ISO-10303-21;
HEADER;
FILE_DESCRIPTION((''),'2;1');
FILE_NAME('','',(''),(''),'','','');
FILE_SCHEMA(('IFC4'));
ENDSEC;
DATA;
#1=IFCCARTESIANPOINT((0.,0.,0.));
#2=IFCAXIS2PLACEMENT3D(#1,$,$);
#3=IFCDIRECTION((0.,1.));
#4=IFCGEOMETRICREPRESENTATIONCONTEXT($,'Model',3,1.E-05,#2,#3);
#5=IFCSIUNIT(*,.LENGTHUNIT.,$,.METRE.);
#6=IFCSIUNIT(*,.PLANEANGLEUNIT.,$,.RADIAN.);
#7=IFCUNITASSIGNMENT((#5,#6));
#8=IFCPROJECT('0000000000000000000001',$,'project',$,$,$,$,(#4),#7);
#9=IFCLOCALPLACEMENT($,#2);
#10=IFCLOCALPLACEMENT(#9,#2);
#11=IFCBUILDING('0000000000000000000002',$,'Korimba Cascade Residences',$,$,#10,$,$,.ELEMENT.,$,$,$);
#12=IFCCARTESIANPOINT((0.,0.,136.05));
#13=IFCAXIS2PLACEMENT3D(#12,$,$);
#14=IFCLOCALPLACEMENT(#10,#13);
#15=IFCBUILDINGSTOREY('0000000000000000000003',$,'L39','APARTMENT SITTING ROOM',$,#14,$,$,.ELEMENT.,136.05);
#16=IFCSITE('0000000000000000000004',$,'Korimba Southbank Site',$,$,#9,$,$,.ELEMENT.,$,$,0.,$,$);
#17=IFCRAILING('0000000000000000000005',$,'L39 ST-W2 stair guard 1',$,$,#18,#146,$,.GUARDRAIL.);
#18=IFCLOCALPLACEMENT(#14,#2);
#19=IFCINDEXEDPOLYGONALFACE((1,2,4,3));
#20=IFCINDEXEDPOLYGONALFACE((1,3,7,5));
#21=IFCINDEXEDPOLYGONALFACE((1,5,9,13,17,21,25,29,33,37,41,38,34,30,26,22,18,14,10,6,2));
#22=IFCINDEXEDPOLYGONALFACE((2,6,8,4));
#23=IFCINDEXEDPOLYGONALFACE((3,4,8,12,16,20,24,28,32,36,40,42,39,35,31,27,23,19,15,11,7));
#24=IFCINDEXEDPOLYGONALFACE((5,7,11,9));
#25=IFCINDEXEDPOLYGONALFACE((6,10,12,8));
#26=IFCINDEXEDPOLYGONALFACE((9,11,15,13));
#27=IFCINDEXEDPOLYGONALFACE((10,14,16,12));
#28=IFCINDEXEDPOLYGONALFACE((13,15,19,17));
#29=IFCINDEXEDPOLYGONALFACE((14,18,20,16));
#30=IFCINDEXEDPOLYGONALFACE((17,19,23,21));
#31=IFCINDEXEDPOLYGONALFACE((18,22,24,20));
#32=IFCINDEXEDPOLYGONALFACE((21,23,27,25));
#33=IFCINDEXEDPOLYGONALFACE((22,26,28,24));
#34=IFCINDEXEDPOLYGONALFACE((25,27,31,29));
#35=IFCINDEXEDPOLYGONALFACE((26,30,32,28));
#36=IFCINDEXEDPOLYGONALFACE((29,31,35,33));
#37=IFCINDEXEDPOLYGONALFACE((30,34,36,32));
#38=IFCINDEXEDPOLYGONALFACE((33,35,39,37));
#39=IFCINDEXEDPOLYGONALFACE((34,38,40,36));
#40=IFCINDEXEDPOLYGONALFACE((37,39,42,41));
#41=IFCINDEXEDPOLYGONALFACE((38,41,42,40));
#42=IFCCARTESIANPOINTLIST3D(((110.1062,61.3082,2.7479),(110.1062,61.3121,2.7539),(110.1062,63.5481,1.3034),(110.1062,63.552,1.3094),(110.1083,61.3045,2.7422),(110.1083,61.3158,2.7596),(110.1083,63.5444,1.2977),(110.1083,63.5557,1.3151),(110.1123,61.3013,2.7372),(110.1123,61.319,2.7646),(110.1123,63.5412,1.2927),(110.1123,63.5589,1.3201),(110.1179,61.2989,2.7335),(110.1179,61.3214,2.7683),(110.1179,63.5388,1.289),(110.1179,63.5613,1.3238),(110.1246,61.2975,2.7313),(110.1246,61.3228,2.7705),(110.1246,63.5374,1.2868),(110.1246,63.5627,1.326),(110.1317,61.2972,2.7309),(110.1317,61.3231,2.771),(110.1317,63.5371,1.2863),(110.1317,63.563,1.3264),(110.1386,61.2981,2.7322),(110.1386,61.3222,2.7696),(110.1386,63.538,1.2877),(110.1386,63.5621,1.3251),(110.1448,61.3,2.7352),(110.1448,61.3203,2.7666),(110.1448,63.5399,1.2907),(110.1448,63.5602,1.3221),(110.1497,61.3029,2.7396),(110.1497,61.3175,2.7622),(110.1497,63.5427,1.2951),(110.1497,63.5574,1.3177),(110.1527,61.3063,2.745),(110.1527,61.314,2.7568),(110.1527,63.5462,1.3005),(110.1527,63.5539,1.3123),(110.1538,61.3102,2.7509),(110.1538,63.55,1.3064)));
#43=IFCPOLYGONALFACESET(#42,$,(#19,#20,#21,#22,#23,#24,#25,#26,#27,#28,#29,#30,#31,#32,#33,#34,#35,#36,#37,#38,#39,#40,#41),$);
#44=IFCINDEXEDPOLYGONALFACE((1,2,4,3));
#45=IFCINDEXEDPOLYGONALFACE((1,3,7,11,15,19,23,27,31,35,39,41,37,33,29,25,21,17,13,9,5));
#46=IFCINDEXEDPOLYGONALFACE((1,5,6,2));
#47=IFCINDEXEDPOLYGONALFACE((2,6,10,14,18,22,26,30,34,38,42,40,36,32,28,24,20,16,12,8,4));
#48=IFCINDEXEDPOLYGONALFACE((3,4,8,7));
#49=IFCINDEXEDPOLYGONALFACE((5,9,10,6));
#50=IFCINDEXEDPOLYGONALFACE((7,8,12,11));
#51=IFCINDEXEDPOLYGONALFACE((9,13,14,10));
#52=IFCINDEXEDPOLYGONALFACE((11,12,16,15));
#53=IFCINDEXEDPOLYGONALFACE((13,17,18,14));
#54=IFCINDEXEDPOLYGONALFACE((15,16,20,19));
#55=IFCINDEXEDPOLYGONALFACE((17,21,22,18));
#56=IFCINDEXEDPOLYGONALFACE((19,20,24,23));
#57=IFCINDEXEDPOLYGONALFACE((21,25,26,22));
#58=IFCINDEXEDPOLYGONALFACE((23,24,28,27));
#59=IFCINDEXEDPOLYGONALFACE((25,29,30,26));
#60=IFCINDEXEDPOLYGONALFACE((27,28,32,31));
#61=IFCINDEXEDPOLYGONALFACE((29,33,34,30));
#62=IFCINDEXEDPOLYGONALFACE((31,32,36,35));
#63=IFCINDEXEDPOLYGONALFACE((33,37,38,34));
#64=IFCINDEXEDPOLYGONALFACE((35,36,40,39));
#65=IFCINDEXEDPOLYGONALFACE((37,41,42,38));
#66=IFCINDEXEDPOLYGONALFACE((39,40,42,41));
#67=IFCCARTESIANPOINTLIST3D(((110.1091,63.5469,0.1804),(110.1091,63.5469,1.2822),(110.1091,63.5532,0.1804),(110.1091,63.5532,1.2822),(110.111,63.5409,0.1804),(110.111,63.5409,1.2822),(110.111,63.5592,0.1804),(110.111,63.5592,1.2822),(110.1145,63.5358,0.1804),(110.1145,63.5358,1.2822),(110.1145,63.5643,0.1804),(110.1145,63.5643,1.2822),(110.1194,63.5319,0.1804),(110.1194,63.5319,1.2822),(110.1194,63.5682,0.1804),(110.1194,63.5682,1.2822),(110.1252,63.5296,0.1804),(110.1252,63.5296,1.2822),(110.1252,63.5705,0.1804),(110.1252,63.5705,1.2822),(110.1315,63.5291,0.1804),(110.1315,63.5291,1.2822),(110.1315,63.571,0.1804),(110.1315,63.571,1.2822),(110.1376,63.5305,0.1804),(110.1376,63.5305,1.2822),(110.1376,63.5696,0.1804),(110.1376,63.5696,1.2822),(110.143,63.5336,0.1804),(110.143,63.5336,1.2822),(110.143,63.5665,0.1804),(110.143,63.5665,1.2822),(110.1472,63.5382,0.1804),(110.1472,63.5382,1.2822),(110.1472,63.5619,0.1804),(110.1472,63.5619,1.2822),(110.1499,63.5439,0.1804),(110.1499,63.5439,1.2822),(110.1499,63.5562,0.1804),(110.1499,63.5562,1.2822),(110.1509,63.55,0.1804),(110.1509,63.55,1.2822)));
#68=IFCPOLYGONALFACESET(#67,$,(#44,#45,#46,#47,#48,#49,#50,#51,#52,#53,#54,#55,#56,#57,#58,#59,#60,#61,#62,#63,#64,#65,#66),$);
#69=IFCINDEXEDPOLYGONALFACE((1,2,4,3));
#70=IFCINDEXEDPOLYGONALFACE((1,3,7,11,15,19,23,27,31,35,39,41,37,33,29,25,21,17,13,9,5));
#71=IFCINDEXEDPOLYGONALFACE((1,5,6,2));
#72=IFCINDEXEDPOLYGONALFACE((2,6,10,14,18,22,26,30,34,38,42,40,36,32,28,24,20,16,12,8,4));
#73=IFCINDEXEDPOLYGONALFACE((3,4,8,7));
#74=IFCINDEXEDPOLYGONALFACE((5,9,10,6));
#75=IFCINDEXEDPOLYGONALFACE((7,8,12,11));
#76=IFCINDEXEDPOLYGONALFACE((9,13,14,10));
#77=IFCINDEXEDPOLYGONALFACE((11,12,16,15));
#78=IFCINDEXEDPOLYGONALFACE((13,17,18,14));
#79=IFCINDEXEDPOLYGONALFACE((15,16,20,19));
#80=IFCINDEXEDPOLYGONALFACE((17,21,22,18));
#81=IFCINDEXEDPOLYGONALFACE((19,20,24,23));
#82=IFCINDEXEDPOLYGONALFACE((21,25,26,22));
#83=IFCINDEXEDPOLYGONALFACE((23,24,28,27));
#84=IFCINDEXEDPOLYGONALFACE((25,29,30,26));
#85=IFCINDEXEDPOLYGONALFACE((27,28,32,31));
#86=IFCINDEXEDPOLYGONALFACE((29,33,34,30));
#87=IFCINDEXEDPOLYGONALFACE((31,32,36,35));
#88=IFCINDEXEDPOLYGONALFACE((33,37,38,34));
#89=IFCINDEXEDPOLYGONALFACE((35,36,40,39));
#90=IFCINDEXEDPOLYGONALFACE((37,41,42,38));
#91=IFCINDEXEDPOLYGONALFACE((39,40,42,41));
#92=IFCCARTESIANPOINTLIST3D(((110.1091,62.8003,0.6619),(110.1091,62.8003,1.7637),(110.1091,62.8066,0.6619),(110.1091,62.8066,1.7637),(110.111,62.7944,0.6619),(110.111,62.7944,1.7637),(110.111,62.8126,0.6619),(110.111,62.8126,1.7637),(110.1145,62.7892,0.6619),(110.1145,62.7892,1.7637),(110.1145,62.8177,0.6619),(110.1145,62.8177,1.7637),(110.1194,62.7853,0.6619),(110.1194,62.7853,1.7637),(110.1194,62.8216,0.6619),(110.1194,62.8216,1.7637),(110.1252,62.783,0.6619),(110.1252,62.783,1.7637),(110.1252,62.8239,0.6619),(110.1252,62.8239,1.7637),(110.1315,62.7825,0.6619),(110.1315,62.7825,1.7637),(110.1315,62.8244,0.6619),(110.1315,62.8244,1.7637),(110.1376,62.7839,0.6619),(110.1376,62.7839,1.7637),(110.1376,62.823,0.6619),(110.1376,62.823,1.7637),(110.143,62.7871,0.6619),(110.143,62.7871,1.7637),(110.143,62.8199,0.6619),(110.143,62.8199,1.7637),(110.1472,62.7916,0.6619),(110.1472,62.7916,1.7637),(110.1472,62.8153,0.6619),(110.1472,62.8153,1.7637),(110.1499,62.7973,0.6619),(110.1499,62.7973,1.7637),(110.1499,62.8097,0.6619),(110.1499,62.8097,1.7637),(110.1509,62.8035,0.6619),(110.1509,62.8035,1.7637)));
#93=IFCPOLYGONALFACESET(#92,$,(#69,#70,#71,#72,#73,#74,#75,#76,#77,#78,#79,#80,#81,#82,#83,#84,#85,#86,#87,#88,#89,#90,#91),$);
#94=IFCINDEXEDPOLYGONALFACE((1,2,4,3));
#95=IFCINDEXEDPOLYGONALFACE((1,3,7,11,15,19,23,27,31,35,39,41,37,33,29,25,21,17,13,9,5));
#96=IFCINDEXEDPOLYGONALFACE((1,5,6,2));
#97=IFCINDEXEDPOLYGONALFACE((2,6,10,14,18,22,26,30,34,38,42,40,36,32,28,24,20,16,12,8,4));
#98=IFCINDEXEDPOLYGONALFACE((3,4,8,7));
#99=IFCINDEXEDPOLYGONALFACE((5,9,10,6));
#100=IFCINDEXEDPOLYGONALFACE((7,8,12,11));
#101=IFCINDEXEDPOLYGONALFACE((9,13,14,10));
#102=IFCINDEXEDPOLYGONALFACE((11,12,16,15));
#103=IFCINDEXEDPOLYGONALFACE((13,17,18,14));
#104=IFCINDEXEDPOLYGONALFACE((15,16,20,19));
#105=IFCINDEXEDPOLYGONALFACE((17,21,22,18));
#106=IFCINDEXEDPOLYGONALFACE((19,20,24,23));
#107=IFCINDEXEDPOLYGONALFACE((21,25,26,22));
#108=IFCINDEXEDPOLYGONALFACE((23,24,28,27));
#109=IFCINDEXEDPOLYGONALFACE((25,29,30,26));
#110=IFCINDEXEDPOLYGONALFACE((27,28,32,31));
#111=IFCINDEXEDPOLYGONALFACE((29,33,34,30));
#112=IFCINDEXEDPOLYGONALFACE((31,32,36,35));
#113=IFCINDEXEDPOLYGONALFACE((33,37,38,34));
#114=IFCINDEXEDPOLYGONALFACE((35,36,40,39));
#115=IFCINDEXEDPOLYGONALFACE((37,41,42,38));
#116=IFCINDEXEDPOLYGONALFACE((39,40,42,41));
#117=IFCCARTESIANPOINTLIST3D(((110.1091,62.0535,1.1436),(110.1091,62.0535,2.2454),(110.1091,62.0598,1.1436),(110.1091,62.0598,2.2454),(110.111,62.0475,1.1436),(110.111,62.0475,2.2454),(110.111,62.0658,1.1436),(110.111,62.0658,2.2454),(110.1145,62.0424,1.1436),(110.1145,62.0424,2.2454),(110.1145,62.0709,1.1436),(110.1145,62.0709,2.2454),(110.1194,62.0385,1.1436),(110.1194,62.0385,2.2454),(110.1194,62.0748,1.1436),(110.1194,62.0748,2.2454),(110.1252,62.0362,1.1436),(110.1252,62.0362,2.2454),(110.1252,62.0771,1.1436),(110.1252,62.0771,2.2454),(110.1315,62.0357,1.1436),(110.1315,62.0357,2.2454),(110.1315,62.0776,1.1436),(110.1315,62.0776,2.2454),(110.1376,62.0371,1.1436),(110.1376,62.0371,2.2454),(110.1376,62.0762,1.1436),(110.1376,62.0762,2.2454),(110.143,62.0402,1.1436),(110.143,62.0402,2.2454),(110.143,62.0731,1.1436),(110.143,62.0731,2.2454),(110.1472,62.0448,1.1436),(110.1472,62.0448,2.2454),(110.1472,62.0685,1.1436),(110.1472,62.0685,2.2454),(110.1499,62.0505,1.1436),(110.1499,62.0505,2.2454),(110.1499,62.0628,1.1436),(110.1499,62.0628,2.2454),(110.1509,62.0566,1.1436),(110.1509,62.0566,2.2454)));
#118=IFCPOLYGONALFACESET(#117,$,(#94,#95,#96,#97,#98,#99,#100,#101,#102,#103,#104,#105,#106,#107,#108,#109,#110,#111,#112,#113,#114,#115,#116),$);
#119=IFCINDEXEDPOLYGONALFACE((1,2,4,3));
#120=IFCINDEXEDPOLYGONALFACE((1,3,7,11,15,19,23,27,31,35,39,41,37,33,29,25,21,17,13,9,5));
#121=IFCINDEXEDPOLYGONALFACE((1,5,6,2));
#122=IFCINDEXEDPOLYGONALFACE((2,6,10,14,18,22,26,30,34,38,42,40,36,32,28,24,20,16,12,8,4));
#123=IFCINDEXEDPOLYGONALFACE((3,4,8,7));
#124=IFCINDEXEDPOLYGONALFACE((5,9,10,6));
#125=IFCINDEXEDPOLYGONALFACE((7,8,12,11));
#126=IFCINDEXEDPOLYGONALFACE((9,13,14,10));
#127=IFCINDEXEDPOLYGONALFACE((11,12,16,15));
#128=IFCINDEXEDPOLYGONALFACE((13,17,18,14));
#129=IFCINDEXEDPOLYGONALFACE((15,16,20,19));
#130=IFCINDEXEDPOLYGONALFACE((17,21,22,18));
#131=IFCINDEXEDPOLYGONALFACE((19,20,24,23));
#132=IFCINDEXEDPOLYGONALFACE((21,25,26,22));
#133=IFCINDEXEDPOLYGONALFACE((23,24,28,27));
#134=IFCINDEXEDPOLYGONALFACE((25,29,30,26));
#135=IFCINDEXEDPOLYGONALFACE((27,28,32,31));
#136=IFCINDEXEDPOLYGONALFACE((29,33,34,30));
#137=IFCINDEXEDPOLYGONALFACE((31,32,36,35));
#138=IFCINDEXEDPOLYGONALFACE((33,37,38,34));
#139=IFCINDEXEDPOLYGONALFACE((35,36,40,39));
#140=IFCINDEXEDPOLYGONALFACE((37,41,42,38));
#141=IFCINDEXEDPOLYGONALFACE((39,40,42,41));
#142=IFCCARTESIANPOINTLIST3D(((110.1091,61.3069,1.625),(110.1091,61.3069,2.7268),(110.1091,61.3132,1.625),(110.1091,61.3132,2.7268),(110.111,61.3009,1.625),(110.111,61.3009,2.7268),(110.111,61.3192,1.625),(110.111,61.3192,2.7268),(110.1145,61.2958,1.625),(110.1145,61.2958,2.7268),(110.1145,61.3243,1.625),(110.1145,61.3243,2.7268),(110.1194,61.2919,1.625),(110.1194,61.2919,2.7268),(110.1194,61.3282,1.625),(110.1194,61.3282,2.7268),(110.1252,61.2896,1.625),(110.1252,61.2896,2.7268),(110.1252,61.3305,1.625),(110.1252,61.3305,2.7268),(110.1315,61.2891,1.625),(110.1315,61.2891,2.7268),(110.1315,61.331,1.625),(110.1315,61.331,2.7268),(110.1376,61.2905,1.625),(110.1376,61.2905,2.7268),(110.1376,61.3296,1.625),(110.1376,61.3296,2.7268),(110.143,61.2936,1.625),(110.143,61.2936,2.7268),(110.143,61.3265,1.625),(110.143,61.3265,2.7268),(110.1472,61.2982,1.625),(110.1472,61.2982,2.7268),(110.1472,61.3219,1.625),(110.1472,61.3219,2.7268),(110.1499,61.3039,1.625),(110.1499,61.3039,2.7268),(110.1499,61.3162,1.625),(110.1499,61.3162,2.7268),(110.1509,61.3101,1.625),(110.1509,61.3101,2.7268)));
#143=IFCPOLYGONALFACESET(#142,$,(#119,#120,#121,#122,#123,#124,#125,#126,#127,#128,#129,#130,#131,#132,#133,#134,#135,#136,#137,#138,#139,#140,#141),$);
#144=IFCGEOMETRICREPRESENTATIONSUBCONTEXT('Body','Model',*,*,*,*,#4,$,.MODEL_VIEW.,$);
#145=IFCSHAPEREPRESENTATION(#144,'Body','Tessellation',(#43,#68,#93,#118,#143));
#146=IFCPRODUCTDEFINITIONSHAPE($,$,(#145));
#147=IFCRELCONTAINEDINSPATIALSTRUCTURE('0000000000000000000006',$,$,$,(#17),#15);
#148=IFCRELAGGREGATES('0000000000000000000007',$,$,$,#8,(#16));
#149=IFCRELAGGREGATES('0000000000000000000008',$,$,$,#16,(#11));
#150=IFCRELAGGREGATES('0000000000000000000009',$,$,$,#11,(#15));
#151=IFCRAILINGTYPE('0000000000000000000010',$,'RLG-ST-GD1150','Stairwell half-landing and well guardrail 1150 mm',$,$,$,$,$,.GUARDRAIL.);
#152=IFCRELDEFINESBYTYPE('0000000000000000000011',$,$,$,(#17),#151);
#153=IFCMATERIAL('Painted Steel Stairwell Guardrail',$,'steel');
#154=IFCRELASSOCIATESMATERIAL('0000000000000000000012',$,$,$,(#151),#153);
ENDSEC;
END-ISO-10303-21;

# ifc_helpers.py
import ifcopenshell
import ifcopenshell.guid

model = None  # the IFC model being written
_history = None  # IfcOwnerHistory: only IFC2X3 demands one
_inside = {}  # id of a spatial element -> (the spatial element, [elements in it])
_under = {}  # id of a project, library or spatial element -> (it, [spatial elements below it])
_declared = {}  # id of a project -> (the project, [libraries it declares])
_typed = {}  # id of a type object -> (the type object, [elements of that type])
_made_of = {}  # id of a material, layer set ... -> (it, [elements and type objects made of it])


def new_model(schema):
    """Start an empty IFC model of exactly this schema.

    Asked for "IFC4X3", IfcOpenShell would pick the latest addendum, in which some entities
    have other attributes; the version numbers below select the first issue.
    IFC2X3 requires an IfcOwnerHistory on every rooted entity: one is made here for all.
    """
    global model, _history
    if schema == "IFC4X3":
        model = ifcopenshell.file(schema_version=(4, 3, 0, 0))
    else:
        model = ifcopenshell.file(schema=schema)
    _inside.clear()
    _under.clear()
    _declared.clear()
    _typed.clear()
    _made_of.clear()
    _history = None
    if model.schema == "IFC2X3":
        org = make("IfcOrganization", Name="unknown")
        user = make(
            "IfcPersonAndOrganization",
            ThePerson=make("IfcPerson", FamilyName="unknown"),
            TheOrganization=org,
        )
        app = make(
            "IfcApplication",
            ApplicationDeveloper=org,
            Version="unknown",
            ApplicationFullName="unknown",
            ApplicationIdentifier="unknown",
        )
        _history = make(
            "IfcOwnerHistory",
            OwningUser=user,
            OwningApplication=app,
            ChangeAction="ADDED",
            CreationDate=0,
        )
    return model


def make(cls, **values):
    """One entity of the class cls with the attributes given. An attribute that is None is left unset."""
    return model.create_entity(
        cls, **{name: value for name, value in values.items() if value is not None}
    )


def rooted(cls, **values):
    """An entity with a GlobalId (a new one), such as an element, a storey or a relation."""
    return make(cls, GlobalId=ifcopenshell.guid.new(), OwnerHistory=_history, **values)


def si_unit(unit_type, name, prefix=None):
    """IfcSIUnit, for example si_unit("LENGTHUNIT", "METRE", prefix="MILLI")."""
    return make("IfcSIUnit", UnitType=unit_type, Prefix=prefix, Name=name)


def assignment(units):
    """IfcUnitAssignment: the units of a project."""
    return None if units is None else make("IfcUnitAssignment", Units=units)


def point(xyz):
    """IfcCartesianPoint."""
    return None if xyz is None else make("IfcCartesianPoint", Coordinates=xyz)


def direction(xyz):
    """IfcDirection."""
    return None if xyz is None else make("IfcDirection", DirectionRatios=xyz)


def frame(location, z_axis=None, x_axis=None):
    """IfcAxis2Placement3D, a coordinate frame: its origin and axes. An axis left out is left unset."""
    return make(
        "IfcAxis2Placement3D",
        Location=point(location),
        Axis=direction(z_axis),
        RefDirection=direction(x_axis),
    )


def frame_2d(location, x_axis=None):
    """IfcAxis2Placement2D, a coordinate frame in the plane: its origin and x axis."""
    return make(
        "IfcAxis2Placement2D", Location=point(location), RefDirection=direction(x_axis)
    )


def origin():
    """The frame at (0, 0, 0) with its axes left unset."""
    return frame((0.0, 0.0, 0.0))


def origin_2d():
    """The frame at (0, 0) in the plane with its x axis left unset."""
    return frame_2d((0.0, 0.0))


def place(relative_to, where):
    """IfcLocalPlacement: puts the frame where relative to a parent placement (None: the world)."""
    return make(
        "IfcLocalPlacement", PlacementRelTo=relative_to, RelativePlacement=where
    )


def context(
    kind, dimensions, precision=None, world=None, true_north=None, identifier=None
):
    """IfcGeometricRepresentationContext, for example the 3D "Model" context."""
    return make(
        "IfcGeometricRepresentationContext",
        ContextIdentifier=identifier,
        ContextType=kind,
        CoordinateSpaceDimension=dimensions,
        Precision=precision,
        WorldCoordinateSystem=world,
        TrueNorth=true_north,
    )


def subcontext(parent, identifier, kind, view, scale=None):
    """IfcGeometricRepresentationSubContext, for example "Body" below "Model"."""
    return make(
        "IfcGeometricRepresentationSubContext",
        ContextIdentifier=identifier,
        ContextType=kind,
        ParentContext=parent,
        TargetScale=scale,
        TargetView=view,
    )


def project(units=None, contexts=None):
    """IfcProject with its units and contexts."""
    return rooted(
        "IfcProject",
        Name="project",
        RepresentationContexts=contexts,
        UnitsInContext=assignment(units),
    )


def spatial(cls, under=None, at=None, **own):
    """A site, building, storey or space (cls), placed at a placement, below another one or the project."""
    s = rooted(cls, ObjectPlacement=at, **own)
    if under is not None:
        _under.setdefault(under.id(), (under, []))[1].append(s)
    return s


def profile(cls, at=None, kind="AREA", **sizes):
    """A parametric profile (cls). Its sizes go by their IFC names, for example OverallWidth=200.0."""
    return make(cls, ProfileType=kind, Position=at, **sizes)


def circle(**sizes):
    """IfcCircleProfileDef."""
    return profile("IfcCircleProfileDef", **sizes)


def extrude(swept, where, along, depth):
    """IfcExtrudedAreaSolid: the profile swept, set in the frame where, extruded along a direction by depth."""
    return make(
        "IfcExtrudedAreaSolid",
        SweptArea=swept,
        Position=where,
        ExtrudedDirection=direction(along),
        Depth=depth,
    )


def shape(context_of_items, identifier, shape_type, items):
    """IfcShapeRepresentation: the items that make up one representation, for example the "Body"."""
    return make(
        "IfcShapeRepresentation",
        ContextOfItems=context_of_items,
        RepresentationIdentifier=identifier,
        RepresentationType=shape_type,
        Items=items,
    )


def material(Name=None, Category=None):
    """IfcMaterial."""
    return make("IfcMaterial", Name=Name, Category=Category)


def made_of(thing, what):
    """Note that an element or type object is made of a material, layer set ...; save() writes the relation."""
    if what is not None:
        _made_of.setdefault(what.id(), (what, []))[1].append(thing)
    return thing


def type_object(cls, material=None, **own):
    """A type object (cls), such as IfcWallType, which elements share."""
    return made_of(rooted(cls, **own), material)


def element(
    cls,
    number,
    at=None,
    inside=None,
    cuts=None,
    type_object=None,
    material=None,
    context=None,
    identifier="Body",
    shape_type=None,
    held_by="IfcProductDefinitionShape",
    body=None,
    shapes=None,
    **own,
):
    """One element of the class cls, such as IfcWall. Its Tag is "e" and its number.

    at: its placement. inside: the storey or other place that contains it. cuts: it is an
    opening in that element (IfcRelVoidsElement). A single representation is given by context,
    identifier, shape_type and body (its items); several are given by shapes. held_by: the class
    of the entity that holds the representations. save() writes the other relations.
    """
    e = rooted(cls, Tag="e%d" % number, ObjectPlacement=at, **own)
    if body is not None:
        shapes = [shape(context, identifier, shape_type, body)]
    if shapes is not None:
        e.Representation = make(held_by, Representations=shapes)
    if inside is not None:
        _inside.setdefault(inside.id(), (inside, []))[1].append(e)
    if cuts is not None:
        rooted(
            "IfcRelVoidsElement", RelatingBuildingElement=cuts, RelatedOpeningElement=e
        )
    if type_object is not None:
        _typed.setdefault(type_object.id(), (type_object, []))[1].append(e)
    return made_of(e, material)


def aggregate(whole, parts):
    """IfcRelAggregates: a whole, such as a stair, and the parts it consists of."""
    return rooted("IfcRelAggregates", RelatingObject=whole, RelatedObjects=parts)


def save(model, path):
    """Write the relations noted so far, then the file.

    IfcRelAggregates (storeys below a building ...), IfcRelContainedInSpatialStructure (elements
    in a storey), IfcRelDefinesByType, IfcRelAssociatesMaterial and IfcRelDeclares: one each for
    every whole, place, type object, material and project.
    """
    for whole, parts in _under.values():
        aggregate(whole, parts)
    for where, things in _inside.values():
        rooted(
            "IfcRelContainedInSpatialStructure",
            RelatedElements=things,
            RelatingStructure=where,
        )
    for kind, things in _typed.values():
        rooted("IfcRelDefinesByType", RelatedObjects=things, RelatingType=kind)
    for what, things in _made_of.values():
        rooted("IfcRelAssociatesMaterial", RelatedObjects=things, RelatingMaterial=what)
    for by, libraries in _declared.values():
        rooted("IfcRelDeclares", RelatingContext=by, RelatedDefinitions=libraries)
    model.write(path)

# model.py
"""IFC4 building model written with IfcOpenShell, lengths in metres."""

from ifc_helpers import new_model, si_unit, direction, frame, origin, origin_2d, place, context, subcontext, project, spatial, circle, extrude, material, type_object, element, save


model = new_model("IFC4")

# Units and contexts
model_context = context("Model", 3, precision=1e-05, world=origin(), true_north=direction((0.0, 1.0)))
body_context = subcontext(model_context, "Body", "Model", "MODEL_VIEW")
ifc_project = project(units=[si_unit("LENGTHUNIT", "METRE"), si_unit("PLANEANGLEUNIT", "RADIAN")], contexts=[model_context])

# Site, building, storey
site_placement = place(None, origin())
site = spatial("IfcSite", under=ifc_project, at=site_placement, Name="Korimba Southbank Site", CompositionType="ELEMENT", RefElevation=0.0)
building_placement = place(site_placement, origin())
building = spatial("IfcBuilding", under=site, at=building_placement, Name="Korimba Cascade Residences", CompositionType="ELEMENT")
storey_placement = place(building_placement, frame((0.0, 0.0, 136.05)))
storey = spatial("IfcBuildingStorey", under=building, at=storey_placement, Name="L39", Description="APARTMENT SITTING ROOM", CompositionType="ELEMENT", Elevation=136.05)

# Railing
ifc_material_1 = material(Name="Painted Steel Stairwell Guardrail", Category="steel")
railing_type_1 = type_object("IfcRailingType", Name="RLG-ST-GD1150", Description="Stairwell half-landing and well guardrail 1150 mm", PredefinedType="GUARDRAIL", material=ifc_material_1)
railing_1_placement = place(storey_placement, frame((110.1299, 63.55, 0.1804)))
element("IfcRailing", 1, at=railing_1_placement, inside=storey, type_object=railing_type_1, Name="L39 ST-W2 stair guard 1", PredefinedType="GUARDRAIL", context=body_context, shape_type="SweptSolid", body=[
    extrude(circle(Radius=0.0239, at=origin_2d()), frame((0.0, 0.0, 1.126), z_axis=(0.0, -0.840395, 0.541975), x_axis=(1.0, 0.0, 0.0)), (0.0, 0.0, 1.0), 2.6653),
    extrude(circle(Radius=0.021, at=origin_2d()), origin(), (0.0, 0.0, 1.0), 1.1018),
    extrude(circle(Radius=0.021, at=origin_2d()), frame((0.0, -0.7466, 0.4814)), (0.0, 0.0, 1.0), 1.1018),
    extrude(circle(Radius=0.021, at=origin_2d()), frame((0.0, -1.4934, 0.9631)), (0.0, 0.0, 1.0), 1.1018),
    extrude(circle(Radius=0.021, at=origin_2d()), frame((0.0, -2.24, 1.4446)), (0.0, 0.0, 1.0), 1.1018),
])

save(model, "model.ifc")
